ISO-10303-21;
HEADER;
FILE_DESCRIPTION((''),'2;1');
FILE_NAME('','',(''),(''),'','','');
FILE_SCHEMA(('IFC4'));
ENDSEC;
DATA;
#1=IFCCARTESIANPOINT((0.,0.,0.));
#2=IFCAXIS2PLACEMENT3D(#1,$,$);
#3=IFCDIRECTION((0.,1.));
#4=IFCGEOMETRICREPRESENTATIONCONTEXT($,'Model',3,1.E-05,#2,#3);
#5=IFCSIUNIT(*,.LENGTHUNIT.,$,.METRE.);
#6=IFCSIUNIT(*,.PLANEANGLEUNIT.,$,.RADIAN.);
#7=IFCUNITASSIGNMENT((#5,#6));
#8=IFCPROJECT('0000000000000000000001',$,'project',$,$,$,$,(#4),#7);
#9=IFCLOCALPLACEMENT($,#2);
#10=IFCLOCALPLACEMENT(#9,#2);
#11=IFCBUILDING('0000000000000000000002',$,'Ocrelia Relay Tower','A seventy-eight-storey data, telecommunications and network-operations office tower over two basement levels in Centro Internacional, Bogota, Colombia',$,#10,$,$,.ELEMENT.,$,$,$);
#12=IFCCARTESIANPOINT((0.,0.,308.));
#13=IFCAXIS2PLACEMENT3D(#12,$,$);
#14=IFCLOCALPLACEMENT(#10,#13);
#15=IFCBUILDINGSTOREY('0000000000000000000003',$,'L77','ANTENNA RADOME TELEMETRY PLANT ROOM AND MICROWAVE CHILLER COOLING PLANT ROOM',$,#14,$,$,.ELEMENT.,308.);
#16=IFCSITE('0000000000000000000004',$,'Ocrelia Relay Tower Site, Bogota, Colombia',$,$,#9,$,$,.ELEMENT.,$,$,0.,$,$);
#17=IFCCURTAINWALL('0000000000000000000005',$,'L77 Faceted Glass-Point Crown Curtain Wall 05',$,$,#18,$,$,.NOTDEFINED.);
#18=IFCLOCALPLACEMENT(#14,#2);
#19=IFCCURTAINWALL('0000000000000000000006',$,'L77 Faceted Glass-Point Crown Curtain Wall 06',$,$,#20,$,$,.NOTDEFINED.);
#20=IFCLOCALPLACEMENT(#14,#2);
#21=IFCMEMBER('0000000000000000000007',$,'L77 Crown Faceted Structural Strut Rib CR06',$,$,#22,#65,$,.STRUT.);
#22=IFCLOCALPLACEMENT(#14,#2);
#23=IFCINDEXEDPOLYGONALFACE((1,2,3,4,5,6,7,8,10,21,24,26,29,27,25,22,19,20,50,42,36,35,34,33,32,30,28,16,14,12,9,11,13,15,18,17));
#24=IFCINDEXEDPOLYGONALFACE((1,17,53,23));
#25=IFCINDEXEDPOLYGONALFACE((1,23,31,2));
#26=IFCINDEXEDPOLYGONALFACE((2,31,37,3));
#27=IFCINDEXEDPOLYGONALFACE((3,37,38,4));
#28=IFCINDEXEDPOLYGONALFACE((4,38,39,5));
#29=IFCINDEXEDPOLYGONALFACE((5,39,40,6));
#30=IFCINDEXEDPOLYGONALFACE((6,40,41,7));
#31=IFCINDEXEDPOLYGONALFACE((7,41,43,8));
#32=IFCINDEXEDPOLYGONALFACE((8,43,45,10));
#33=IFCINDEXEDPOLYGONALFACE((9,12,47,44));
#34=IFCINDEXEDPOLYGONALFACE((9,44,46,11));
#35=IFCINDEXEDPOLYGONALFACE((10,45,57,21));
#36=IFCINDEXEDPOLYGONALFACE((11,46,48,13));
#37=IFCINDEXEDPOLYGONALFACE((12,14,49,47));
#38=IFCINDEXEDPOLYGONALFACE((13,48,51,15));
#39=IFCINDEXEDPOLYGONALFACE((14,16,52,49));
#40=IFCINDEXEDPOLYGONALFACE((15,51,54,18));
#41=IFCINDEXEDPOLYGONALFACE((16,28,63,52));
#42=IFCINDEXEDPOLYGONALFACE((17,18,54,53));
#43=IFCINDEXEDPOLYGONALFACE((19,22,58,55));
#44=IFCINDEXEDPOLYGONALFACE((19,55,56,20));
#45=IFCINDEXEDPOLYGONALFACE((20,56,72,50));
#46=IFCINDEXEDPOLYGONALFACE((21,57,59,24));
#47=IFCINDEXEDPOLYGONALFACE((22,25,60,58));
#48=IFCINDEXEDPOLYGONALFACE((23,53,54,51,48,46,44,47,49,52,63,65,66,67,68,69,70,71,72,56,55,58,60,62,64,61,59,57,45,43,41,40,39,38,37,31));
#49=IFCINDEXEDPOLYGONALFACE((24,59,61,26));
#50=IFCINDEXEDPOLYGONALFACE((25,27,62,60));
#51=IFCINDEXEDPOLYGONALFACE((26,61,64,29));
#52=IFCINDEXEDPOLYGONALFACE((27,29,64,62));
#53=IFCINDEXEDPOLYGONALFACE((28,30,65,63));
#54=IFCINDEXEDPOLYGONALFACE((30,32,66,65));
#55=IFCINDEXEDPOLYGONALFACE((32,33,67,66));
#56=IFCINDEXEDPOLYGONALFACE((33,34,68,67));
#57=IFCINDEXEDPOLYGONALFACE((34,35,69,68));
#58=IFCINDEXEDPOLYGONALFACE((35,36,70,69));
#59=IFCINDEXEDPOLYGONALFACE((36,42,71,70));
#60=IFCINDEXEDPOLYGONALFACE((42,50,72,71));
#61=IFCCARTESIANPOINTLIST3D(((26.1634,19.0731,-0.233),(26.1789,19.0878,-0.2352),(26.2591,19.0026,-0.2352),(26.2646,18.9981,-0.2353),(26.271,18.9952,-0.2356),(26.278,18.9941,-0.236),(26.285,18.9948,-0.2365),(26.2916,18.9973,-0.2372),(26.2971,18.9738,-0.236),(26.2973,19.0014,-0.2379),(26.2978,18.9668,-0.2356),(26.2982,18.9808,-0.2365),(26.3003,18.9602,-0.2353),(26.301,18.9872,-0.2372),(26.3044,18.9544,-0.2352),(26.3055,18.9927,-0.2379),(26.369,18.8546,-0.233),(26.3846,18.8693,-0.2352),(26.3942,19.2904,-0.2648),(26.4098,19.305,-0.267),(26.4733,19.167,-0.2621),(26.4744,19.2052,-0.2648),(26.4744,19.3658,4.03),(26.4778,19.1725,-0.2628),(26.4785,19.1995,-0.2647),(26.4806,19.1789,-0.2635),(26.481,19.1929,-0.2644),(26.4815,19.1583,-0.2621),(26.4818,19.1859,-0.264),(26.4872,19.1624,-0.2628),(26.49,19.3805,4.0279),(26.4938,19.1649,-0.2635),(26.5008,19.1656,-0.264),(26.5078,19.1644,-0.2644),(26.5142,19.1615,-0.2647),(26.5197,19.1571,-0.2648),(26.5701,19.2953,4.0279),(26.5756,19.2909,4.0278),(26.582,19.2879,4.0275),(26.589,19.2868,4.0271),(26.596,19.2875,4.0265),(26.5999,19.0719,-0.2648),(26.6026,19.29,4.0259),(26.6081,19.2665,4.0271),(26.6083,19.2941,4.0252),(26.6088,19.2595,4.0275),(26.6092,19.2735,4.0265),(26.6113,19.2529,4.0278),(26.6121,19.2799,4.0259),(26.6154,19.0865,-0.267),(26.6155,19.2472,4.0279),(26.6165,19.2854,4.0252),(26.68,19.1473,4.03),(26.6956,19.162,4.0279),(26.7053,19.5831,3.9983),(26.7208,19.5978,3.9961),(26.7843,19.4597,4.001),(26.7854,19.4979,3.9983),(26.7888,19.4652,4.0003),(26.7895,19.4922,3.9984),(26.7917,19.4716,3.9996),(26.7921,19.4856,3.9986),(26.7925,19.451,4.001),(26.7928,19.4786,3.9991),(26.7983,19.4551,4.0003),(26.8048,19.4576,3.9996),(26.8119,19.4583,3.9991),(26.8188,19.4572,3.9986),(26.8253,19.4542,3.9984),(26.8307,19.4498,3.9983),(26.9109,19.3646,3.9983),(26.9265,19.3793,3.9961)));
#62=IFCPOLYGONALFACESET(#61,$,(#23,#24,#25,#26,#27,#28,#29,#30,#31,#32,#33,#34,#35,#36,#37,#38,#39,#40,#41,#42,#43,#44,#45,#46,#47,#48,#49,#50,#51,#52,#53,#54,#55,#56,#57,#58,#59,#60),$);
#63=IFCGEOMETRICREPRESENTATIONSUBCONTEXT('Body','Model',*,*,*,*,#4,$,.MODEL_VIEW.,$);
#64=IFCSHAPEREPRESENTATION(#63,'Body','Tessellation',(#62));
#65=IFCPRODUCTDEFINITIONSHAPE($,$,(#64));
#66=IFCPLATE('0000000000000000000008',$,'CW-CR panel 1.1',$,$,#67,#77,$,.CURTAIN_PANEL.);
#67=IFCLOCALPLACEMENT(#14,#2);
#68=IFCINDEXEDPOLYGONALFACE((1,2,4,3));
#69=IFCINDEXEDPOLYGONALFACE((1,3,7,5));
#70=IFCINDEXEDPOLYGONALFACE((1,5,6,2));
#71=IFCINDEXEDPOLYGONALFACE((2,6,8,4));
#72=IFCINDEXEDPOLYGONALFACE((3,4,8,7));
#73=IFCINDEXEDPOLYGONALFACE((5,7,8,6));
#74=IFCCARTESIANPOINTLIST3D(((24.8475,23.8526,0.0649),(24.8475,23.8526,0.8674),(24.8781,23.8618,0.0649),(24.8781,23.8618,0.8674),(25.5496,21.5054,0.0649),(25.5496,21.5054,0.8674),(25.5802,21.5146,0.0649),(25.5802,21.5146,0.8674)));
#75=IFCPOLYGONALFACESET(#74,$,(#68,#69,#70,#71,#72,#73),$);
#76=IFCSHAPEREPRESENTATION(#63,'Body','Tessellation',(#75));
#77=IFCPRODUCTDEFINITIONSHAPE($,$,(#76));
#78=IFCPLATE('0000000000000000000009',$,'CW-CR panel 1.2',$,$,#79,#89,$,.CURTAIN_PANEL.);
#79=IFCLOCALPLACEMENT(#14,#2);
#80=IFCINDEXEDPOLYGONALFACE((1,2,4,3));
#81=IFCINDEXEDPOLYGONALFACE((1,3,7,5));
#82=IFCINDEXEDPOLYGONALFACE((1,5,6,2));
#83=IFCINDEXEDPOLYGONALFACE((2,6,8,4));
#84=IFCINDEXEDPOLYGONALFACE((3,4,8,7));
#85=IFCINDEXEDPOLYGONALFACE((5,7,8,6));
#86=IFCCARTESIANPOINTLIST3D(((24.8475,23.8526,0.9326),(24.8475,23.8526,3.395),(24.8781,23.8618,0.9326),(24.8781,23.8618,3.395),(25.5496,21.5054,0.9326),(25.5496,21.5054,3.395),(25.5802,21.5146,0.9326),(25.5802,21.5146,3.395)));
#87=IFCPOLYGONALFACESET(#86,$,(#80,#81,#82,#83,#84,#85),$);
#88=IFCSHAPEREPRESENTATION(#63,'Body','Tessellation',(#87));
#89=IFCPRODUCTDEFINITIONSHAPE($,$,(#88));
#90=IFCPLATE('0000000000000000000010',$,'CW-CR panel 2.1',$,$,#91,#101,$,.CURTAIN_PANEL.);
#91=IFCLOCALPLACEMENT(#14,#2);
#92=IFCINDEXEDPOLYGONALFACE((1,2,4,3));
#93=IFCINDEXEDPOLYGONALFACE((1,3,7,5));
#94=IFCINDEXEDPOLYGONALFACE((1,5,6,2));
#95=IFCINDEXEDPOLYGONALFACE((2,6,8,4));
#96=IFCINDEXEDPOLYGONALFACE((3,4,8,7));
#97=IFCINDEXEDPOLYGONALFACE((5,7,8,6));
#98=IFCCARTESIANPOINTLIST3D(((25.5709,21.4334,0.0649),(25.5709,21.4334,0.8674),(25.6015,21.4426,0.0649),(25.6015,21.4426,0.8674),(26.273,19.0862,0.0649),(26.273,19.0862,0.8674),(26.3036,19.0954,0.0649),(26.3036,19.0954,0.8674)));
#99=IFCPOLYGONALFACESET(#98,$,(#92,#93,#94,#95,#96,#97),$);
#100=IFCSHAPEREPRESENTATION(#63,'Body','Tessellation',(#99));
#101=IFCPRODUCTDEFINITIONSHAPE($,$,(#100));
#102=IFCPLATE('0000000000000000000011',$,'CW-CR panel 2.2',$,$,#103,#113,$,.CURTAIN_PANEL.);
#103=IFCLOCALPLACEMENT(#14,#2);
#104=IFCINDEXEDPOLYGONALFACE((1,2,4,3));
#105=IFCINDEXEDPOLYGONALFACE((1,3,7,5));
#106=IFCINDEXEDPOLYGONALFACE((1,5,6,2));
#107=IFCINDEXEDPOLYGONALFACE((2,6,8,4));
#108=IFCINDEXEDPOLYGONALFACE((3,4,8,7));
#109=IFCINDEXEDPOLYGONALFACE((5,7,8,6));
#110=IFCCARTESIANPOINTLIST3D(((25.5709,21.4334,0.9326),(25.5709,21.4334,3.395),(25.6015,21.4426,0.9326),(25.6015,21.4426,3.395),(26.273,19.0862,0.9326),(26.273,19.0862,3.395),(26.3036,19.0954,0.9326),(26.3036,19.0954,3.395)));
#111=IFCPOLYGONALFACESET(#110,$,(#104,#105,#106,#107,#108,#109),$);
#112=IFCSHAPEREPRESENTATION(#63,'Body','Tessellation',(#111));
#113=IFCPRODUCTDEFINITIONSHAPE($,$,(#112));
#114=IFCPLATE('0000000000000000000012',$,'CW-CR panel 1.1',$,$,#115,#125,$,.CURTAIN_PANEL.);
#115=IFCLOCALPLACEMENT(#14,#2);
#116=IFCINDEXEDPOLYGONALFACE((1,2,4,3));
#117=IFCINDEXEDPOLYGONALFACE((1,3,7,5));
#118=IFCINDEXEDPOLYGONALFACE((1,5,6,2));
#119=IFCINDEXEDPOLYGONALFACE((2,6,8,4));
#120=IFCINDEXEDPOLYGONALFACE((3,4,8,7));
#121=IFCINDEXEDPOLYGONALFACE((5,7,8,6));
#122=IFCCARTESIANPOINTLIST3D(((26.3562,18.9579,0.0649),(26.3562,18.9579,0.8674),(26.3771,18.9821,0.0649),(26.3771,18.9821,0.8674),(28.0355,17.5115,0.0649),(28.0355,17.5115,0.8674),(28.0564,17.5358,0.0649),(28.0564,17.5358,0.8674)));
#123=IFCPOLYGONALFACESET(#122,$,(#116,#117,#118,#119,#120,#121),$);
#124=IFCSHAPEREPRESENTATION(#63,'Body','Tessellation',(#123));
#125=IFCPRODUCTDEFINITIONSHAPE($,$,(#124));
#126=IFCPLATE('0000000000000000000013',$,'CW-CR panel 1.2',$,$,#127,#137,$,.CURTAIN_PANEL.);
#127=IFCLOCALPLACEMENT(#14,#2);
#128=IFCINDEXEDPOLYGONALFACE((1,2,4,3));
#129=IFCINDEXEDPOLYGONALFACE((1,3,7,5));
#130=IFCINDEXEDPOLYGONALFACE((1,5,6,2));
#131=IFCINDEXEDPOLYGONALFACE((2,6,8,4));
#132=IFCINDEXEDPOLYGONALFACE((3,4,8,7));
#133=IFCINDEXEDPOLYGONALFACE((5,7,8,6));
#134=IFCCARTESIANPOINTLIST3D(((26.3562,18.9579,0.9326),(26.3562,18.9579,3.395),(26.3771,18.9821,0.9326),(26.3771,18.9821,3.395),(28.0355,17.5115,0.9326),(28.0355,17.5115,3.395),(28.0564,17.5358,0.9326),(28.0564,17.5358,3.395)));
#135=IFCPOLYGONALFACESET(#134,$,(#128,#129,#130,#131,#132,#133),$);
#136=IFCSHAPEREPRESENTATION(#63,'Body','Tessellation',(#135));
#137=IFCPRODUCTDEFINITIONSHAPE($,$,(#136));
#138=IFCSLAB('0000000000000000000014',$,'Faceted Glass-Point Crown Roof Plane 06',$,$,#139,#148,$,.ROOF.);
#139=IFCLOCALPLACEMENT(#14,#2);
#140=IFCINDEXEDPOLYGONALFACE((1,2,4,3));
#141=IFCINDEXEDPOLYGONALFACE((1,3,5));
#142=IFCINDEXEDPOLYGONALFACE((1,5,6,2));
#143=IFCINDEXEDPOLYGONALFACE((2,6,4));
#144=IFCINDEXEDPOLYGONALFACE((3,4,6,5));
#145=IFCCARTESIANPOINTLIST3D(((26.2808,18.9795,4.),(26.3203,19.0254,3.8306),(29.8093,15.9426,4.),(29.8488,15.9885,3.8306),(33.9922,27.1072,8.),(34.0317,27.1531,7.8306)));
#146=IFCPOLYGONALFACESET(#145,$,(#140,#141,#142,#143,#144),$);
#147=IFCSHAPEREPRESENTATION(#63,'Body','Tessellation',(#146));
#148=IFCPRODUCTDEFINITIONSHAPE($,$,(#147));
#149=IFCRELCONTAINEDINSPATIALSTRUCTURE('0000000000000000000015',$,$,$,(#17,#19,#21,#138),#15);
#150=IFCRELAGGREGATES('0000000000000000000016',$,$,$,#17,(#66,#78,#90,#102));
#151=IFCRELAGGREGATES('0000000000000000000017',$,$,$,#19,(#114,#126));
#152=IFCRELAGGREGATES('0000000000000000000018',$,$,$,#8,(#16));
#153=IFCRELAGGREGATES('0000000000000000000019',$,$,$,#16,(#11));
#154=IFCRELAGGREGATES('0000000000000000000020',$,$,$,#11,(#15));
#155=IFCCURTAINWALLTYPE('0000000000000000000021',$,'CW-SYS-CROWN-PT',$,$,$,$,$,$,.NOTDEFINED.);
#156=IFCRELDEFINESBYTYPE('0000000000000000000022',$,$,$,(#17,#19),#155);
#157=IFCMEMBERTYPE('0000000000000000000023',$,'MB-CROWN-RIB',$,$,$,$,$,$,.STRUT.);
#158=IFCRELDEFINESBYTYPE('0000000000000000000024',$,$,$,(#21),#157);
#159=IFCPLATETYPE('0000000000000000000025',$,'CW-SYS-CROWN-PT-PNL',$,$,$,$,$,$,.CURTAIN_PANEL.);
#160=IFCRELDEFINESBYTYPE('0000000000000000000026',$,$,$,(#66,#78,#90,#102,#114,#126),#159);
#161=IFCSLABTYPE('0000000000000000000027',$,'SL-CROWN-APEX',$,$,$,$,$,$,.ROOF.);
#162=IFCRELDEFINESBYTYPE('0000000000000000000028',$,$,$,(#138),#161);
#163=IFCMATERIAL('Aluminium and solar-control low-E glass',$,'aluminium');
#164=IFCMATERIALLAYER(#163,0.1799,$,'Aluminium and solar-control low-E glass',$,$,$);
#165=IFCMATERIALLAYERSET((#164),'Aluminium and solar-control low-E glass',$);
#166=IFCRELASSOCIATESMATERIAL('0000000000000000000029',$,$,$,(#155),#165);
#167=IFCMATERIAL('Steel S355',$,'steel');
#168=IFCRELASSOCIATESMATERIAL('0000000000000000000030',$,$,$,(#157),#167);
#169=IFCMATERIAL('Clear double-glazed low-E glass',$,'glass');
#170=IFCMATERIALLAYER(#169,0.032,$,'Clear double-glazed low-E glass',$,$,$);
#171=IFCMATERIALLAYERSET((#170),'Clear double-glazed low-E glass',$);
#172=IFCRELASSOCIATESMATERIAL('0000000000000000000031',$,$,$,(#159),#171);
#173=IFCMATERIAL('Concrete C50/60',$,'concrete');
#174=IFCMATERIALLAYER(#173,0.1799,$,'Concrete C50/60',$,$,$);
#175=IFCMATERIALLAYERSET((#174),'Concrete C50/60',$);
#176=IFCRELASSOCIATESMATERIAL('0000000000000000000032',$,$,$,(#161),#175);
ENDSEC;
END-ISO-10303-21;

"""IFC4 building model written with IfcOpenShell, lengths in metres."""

from ifc_helpers import new_model, si_unit, direction, frame, origin, origin_2d, place, context, subcontext, project, spatial, polyline, rectangle, i_section, outline, extrude, material, layer, layer_set, material_profile, profile_set, type_object, element, aggregate, save


model = new_model("IFC4")

# Units and contexts
model_context = context("Model", 3, precision=1e-05, world=origin(), true_north=direction((0.0, 1.0)))
body_context = subcontext(model_context, "Body", "Model", "MODEL_VIEW")
ifc_project = project(units=[si_unit("LENGTHUNIT", "METRE"), si_unit("PLANEANGLEUNIT", "RADIAN")], contexts=[model_context])

# Site, building, storey
site_placement = place(None, origin())
site = spatial("IfcSite", under=ifc_project, at=site_placement, Name="Ocrelia Relay Tower Site, Bogota, Colombia", CompositionType="ELEMENT", RefElevation=0.0)
building_placement = place(site_placement, origin())
building = spatial("IfcBuilding", under=site, at=building_placement, Name="Ocrelia Relay Tower", Description="A seventy-eight-storey data, telecommunications and network-operations office tower over two basement levels in Centro Internacional, Bogota, Colombia", CompositionType="ELEMENT")
storey_placement = place(building_placement, frame((0.0, 0.0, 308.0)))
storey = spatial("IfcBuildingStorey", under=building, at=storey_placement, Name="L77", Description="ANTENNA RADOME TELEMETRY PLANT ROOM AND MICROWAVE CHILLER COOLING PLANT ROOM", CompositionType="ELEMENT", Elevation=308.0)

# Shared definitions
ifc_material_1 = material(Name="Steel S355", Category="steel")

# Curtain walls
ifc_material_2 = material(Name="Aluminium and solar-control low-E glass", Category="aluminium")
ifc_layer_1 = layer(ifc_material_2, 0.1799, Name="Aluminium and solar-control low-E glass")
ifc_layer_set_1 = layer_set([ifc_layer_1], Name="Aluminium and solar-control low-E glass")
curtain_wall_type = type_object("IfcCurtainWallType", Name="CW-SYS-CROWN-PT", PredefinedType="NOTDEFINED", material=ifc_layer_set_1)
curtain_wall_1_placement = place(storey_placement, origin())
curtain_wall_1 = element("IfcCurtainWall", 1, at=curtain_wall_1_placement, inside=storey, type_object=curtain_wall_type, Name="L77 Faceted Glass-Point Crown Curtain Wall 05", PredefinedType="NOTDEFINED")
curtain_wall_2_placement = place(storey_placement, origin())
curtain_wall_2 = element("IfcCurtainWall", 2, at=curtain_wall_2_placement, inside=storey, type_object=curtain_wall_type, Name="L77 Faceted Glass-Point Crown Curtain Wall 06", PredefinedType="NOTDEFINED")

# Member
ifc_material_profile_1 = material_profile(ifc_material_1, i_section(OverallWidth=0.3, OverallDepth=0.3401, WebThickness=0.012, FlangeThickness=0.0215, FilletRadius=0.0271, at=origin_2d()), Name="HEB 340")
ifc_profile_set_1 = profile_set([ifc_material_profile_1], Name="Steel S355")
member_type_1 = type_object("IfcMemberType", Name="MB-CROWN-RIB", PredefinedType="STRUT", material=ifc_profile_set_1)
member_1_placement = place(storey_placement, frame((26.3894, 19.0798, -0.25), z_axis=(0.072595, 0.068321, 0.995019), x_axis=(-0.685347, 0.728217, 0.0)))
element("IfcMember", 3, at=member_1_placement, inside=storey, type_object=member_type_1, Name="L77 Crown Faceted Structural Strut Rib CR06", PredefinedType="STRUT", context=body_context, shape_type="SweptSolid", body=[
    extrude(i_section(OverallWidth=0.3, OverallDepth=0.3401, WebThickness=0.012, FlangeThickness=0.0215, FilletRadius=0.0271, at=origin_2d()), origin(), (0.0, 0.0, 1.0), 4.2844),
])

# Plates
ifc_material_3 = material(Name="Clear double-glazed low-E glass", Category="glass")
ifc_layer_2 = layer(ifc_material_3, 0.032, Name="Clear double-glazed low-E glass")
ifc_layer_set_2 = layer_set([ifc_layer_2], Name="Clear double-glazed low-E glass")
plate_type = type_object("IfcPlateType", Name="CW-SYS-CROWN-PT-PNL", PredefinedType="CURTAIN_PANEL", material=ifc_layer_set_2)
plate_1_placement = place(storey_placement, frame((25.2139, 22.6836, 0.0649), z_axis=(0.0, 0.0, 1.0), x_axis=(0.286578, -0.958057, 0.0)))
plate_1 = element("IfcPlate", 4, at=plate_1_placement, type_object=plate_type, Name="CW-CR panel 1.1", PredefinedType="CURTAIN_PANEL", context=body_context, shape_type="SweptSolid", body=[
    extrude(rectangle(XDim=2.45, YDim=0.032, at=origin_2d()), origin(), (0.0, 0.0, 1.0), 0.8025),
])
plate_2_placement = place(storey_placement, frame((25.2139, 22.6836, 0.9326), z_axis=(0.0, 0.0, 1.0), x_axis=(0.286578, -0.958057, 0.0)))
plate_2 = element("IfcPlate", 5, at=plate_2_placement, type_object=plate_type, Name="CW-CR panel 1.2", PredefinedType="CURTAIN_PANEL", context=body_context, shape_type="SweptSolid", body=[
    extrude(rectangle(XDim=2.45, YDim=0.032, at=origin_2d()), origin(), (0.0, 0.0, 1.0), 2.4624),
])
plate_3_placement = place(storey_placement, frame((25.9373, 20.2644, 0.0649), z_axis=(0.0, 0.0, 1.0), x_axis=(0.286578, -0.958057, 0.0)))
plate_3 = element("IfcPlate", 6, at=plate_3_placement, type_object=plate_type, Name="CW-CR panel 2.1", PredefinedType="CURTAIN_PANEL", context=body_context, shape_type="SweptSolid", body=[
    extrude(rectangle(XDim=2.45, YDim=0.032, at=origin_2d()), origin(), (0.0, 0.0, 1.0), 0.8025),
])
plate_4_placement = place(storey_placement, frame((25.9373, 20.2644, 0.9326), z_axis=(0.0, 0.0, 1.0), x_axis=(0.286578, -0.958057, 0.0)))
plate_4 = element("IfcPlate", 7, at=plate_4_placement, type_object=plate_type, Name="CW-CR panel 2.2", PredefinedType="CURTAIN_PANEL", context=body_context, shape_type="SweptSolid", body=[
    extrude(rectangle(XDim=2.45, YDim=0.032, at=origin_2d()), origin(), (0.0, 0.0, 1.0), 2.4624),
])
aggregate(curtain_wall_1, [plate_1, plate_2, plate_3, plate_4])
plate_5_placement = place(storey_placement, frame((27.2063, 18.2468, 0.0649), z_axis=(0.0, 0.0, 1.0), x_axis=(0.757719, -0.652581, 0.0)))
plate_5 = element("IfcPlate", 8, at=plate_5_placement, type_object=plate_type, Name="CW-CR panel 1.1", PredefinedType="CURTAIN_PANEL", context=body_context, shape_type="SweptSolid", body=[
    extrude(rectangle(XDim=2.2163, YDim=0.032, at=origin_2d()), origin(), (0.0, 0.0, 1.0), 0.8025),
])
plate_6_placement = place(storey_placement, frame((27.2063, 18.2468, 0.9326), z_axis=(0.0, 0.0, 1.0), x_axis=(0.757719, -0.652581, 0.0)))
plate_6 = element("IfcPlate", 9, at=plate_6_placement, type_object=plate_type, Name="CW-CR panel 1.2", PredefinedType="CURTAIN_PANEL", context=body_context, shape_type="SweptSolid", body=[
    extrude(rectangle(XDim=2.2163, YDim=0.032, at=origin_2d()), origin(), (0.0, 0.0, 1.0), 2.4624),
])
aggregate(curtain_wall_2, [plate_5, plate_6])

# Slab
ifc_material_4 = material(Name="Concrete C50/60", Category="concrete")
ifc_layer_3 = layer(ifc_material_4, 0.1799, Name="Concrete C50/60")
ifc_layer_set_3 = layer_set([ifc_layer_3], Name="Concrete C50/60")
slab_type_1 = type_object("IfcSlabType", Name="SL-CROWN-APEX", PredefinedType="ROOF", material=ifc_layer_set_3)
slab_1_placement = place(storey_placement, frame((26.2808, 18.9795, 4.0), z_axis=(-0.219563, -0.255112, 0.941653), x_axis=(0.757941, -0.652323, 0.0)))
element("IfcSlab", 10, at=slab_1_placement, inside=storey, type_object=slab_type_1, Name="Faceted Glass-Point Crown Roof Plane 06", PredefinedType="ROOF", context=body_context, shape_type="SweptSolid", body=[
    extrude(outline(polyline([(0.0, 0.0), (4.6555, 0.0), (0.5429, 11.884), (0.0, 0.0)])), origin(), (0.0, 0.0, -1.0), 0.1799),
])

save(model, "model.ifc")
